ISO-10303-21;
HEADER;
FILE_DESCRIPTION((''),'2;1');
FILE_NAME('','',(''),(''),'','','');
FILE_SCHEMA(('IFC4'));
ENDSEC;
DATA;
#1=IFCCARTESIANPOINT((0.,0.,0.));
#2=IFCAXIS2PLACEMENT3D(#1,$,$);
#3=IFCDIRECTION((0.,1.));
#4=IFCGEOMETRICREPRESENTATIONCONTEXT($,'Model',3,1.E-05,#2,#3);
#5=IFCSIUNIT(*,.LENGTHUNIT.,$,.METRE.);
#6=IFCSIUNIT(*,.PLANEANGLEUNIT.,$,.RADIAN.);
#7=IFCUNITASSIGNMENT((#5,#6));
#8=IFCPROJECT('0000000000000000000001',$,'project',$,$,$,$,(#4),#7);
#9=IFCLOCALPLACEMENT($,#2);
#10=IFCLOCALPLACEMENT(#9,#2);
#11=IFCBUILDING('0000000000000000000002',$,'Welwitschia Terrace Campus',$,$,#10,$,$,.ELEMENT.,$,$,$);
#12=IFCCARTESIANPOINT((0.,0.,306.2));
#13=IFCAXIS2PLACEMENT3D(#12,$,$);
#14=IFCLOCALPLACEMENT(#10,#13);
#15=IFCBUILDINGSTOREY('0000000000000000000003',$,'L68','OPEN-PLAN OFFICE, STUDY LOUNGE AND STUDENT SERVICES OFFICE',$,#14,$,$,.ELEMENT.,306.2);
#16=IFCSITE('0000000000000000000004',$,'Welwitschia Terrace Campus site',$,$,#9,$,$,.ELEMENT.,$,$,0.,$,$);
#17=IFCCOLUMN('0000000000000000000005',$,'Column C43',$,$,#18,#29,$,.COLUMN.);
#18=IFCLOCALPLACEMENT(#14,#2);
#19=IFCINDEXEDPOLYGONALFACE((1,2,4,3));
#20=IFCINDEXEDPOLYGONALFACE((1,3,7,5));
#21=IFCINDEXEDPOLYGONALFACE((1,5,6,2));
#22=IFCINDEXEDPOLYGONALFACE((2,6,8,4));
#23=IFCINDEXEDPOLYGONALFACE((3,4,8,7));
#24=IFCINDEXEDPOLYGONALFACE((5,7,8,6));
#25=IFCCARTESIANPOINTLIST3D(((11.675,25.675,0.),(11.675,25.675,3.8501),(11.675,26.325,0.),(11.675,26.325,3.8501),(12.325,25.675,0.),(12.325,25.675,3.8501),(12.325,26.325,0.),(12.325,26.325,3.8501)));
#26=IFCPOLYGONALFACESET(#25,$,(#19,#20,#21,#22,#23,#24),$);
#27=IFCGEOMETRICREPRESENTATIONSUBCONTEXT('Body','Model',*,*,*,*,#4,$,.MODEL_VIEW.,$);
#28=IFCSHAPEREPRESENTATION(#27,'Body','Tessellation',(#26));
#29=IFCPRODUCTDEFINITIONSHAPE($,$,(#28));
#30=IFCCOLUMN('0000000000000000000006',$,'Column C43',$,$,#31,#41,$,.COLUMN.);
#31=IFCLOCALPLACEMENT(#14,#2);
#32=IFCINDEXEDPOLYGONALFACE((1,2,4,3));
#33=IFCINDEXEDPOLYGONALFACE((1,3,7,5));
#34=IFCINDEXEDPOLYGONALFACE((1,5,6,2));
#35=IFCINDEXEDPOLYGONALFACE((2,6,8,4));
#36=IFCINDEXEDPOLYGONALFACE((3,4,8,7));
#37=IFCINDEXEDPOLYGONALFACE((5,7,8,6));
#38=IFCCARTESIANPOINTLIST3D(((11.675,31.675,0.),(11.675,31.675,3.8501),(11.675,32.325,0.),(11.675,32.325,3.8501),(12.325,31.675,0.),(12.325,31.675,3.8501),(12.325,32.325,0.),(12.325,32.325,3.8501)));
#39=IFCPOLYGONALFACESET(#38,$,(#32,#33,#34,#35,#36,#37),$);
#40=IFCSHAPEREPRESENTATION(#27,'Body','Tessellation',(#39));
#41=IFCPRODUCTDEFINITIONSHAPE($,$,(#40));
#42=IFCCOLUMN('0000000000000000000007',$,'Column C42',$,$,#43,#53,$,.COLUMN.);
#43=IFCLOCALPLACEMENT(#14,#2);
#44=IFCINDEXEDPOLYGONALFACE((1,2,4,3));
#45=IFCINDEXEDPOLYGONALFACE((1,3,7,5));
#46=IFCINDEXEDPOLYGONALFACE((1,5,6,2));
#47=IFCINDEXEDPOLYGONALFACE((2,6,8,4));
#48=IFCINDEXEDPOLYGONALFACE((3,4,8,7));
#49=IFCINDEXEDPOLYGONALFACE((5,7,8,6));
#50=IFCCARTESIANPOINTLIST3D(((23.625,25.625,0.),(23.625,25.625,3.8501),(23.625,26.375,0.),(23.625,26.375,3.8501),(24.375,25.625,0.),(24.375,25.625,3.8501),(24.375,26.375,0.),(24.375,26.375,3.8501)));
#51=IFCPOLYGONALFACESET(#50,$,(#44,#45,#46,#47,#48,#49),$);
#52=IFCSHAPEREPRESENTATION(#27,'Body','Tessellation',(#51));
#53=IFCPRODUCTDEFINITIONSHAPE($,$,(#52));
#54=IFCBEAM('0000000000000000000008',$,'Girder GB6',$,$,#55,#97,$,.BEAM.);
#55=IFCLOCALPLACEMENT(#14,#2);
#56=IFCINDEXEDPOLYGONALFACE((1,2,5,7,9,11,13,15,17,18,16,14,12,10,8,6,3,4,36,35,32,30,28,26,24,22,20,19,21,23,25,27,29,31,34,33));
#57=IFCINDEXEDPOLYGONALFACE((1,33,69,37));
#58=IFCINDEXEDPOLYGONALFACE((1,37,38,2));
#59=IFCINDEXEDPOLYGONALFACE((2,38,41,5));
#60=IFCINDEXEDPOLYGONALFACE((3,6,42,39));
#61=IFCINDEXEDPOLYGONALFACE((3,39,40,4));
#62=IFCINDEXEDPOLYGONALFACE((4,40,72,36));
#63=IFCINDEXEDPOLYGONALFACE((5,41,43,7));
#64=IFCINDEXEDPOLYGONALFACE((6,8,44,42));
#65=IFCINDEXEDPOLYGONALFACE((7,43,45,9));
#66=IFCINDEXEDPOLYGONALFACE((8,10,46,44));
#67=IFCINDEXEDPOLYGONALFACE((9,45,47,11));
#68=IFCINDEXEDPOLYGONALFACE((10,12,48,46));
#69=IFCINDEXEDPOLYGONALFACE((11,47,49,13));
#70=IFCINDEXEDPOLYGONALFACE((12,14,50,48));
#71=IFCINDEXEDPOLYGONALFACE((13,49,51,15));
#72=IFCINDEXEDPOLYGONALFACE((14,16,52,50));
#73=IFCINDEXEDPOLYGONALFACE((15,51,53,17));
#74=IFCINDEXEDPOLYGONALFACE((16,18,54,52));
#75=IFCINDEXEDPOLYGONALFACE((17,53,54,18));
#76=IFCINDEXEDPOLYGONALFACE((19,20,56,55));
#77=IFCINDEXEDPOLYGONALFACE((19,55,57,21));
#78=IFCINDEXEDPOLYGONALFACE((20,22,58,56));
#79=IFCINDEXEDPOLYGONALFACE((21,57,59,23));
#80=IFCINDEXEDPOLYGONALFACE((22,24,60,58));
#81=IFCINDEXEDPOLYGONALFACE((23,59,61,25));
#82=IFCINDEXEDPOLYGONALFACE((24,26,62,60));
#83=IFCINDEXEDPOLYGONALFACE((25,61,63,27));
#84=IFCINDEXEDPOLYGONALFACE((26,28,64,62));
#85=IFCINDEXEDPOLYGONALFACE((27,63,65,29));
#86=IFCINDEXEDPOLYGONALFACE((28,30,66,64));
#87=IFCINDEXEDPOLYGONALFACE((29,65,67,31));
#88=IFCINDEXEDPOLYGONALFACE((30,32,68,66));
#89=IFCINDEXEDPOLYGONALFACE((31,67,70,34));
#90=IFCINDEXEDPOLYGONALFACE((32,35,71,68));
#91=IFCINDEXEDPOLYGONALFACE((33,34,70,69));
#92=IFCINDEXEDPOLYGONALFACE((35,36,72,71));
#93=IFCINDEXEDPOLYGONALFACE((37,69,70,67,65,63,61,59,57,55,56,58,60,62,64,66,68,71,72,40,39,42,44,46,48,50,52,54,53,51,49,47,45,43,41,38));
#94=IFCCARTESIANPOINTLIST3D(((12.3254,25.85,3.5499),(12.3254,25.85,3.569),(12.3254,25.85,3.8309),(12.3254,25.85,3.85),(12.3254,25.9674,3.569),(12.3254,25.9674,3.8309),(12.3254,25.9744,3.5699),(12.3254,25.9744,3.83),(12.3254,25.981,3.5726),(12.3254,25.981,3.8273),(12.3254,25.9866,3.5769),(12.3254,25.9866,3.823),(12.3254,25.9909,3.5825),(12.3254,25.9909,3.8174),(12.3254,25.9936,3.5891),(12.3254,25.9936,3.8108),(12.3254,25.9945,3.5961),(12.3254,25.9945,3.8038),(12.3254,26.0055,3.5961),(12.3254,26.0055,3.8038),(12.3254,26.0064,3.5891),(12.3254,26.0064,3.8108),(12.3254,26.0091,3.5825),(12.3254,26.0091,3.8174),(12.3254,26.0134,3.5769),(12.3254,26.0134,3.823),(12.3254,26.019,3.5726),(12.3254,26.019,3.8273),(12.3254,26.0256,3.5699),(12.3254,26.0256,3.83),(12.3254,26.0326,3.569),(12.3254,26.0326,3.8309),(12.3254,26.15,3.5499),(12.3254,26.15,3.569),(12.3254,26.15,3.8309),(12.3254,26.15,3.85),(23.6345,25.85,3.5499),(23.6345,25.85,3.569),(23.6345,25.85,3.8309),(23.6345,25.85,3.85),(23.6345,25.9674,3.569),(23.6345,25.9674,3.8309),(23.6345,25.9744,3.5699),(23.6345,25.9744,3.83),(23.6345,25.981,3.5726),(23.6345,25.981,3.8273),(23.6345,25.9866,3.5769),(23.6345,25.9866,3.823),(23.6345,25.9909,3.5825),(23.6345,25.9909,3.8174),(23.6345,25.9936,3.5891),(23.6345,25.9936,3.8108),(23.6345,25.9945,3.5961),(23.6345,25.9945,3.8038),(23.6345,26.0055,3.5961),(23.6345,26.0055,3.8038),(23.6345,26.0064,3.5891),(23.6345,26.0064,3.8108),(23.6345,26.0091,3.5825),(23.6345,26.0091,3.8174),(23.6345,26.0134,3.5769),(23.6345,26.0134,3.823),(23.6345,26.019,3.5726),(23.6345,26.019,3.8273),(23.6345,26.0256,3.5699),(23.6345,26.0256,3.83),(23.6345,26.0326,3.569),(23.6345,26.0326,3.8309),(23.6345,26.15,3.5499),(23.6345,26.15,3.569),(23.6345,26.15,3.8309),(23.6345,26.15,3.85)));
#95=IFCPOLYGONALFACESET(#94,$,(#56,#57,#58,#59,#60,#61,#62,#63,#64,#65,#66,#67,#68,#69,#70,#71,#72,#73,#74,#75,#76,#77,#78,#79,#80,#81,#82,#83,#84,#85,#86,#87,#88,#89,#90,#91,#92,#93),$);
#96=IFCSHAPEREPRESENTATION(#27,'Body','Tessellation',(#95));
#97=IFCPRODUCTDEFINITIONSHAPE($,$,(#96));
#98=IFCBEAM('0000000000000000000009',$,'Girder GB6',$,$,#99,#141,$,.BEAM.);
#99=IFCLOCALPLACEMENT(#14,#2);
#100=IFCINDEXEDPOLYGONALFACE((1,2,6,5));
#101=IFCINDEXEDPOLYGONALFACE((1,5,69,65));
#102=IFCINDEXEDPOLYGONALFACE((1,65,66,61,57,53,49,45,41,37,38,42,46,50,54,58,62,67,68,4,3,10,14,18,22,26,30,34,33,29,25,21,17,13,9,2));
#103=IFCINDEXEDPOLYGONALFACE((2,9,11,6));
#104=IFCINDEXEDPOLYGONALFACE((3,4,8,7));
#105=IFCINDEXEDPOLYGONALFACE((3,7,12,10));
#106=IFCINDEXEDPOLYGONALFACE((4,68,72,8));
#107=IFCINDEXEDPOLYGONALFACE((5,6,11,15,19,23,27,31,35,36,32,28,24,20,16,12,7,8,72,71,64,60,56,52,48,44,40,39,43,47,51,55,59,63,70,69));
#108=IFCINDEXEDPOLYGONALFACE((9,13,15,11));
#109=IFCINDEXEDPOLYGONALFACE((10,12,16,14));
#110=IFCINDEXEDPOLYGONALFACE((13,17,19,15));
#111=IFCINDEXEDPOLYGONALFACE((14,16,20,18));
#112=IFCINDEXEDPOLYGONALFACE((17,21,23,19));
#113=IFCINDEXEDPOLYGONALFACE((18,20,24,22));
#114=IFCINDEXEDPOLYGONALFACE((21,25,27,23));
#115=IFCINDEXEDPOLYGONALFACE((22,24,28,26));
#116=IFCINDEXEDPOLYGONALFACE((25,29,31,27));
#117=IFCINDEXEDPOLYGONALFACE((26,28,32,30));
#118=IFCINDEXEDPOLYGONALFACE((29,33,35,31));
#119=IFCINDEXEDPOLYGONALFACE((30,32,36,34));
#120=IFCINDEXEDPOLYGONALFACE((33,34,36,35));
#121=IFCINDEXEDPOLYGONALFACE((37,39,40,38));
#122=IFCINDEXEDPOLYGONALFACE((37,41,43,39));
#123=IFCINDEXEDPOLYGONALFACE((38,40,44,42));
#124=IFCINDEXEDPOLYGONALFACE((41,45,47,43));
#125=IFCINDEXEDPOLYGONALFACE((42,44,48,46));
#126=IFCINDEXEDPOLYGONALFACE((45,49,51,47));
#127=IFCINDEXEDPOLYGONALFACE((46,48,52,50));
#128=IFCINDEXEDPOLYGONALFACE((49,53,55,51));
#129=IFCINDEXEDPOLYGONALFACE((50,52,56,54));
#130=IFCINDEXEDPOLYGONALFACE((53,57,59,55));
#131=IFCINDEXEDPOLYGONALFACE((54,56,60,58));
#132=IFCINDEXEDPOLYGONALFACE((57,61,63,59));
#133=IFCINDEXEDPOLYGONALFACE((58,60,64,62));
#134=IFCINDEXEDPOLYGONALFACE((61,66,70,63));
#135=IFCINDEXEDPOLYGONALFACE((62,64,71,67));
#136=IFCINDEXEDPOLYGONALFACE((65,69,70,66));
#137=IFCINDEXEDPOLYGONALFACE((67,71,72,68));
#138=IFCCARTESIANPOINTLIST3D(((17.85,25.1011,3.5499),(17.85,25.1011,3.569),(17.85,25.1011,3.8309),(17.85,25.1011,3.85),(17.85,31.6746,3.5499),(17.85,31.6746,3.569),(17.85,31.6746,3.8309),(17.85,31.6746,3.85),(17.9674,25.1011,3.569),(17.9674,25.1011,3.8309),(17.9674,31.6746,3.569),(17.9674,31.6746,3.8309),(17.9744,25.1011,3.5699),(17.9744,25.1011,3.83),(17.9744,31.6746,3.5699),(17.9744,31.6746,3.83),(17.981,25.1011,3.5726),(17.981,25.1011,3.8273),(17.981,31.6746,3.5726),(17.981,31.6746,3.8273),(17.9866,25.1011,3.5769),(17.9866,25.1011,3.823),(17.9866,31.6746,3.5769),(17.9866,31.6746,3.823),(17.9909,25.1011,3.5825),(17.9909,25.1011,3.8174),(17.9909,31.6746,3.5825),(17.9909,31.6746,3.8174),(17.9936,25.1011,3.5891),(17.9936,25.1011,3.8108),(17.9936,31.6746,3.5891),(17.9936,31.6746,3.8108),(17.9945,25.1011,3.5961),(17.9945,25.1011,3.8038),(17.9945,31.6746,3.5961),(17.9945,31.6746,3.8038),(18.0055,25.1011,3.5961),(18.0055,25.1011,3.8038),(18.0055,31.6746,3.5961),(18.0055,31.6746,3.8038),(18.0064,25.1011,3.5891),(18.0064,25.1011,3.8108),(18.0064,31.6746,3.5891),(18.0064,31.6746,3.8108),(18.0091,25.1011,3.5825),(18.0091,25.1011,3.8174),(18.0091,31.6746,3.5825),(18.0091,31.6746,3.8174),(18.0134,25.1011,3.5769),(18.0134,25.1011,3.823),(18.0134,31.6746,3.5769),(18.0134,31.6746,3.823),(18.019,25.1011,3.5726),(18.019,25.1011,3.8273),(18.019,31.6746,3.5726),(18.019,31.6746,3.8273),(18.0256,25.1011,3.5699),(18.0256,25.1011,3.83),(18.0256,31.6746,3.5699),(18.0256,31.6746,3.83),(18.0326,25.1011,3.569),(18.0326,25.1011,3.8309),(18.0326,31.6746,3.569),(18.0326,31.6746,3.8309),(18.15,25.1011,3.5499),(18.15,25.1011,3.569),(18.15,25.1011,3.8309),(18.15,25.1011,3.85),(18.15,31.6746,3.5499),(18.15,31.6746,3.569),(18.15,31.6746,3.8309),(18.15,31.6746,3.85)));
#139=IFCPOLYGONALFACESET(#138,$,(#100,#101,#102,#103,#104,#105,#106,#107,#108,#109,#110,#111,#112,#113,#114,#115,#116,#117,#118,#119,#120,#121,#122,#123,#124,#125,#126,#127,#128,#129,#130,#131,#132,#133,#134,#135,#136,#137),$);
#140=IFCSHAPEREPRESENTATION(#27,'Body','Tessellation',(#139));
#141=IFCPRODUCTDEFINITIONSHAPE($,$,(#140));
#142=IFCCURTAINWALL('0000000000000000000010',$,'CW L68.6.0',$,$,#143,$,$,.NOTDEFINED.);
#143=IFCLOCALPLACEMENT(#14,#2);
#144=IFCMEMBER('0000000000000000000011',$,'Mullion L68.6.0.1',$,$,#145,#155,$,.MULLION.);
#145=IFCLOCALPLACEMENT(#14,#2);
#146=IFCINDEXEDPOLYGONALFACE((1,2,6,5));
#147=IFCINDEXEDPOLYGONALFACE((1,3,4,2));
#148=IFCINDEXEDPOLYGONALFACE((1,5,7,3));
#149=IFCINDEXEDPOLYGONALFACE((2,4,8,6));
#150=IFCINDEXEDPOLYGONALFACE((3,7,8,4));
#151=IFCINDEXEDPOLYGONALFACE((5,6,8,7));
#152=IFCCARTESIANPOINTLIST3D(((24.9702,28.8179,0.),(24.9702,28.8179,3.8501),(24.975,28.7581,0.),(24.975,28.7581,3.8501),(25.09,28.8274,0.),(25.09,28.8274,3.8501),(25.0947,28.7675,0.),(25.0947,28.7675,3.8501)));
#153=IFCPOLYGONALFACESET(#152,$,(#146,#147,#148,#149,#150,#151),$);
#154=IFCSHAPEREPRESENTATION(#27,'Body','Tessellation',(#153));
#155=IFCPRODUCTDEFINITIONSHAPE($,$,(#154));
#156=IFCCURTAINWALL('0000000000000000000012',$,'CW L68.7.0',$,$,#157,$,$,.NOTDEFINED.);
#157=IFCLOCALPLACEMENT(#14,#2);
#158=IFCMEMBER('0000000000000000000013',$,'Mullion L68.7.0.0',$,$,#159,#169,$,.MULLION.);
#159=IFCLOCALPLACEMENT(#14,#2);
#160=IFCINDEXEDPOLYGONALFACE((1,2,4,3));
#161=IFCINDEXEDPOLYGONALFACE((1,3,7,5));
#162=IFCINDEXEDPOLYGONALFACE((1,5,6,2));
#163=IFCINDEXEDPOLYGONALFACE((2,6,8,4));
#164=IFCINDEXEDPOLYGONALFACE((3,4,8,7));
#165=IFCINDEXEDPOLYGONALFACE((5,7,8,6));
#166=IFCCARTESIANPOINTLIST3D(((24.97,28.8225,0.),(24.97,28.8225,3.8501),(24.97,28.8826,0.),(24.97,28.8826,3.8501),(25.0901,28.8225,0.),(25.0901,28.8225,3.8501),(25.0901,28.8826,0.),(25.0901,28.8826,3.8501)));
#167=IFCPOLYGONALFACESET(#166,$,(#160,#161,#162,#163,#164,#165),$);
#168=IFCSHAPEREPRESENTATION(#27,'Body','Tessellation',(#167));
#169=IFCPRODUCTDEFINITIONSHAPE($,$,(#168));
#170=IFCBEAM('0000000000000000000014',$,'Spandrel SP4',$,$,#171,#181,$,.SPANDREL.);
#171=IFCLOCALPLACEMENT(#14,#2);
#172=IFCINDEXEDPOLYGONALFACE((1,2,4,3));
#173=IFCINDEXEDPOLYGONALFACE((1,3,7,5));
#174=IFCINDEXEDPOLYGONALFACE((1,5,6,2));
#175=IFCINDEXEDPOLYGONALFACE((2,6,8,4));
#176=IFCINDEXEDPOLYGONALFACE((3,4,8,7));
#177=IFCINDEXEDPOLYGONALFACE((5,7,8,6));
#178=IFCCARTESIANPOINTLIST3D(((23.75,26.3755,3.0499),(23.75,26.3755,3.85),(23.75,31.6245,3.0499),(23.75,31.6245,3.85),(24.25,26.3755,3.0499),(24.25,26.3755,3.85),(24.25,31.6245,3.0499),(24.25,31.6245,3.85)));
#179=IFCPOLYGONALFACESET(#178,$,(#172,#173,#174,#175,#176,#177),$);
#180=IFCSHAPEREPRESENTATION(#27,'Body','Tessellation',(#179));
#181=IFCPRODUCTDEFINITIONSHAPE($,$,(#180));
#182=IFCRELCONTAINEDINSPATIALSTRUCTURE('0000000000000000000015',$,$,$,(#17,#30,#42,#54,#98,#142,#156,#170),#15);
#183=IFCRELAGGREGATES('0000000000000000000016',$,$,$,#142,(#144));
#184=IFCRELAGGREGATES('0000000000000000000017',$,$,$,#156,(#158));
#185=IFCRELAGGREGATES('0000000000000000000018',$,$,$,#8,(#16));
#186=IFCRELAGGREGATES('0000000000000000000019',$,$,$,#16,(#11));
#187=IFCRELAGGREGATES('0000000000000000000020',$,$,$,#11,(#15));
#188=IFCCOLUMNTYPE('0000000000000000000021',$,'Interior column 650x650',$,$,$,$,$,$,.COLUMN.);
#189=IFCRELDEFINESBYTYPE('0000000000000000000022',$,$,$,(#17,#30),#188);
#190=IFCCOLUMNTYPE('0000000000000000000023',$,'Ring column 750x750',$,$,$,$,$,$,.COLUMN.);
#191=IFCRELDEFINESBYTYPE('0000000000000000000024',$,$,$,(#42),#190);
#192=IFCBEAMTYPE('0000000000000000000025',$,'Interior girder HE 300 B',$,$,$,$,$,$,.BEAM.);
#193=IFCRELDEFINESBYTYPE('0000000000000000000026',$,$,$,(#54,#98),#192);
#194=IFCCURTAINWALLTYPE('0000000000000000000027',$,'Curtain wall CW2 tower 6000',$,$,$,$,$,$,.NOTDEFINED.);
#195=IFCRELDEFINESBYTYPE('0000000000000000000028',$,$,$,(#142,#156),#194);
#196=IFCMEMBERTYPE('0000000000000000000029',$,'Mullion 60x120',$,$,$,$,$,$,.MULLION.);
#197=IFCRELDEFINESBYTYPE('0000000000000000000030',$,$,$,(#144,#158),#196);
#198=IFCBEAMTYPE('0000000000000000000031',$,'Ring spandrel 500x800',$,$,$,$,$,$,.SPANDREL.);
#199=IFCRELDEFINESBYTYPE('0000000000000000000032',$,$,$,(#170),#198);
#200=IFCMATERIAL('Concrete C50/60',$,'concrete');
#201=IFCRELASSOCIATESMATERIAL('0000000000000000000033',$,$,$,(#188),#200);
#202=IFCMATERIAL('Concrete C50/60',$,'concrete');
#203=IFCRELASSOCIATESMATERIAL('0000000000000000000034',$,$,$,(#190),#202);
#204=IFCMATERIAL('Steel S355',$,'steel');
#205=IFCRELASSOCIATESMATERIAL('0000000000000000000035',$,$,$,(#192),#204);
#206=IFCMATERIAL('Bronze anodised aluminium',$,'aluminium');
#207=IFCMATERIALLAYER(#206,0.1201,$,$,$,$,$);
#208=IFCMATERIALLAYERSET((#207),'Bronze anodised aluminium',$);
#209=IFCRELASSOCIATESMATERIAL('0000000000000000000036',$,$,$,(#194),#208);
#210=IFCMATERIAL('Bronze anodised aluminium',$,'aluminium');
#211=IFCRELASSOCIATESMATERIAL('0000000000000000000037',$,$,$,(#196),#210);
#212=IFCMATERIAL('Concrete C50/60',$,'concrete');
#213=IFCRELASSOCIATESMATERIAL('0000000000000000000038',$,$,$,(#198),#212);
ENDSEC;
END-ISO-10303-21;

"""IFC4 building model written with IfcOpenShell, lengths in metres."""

from ifc_helpers import new_model, si_unit, direction, frame, origin, origin_2d, place, context, subcontext, project, spatial, rectangle, i_section, extrude, material, layer, layer_set, material_profile, profile_set, type_object, element, aggregate, save


model = new_model("IFC4")

# Units and contexts
model_context = context("Model", 3, precision=1e-05, world=origin(), true_north=direction((0.0, 1.0)))
body_context = subcontext(model_context, "Body", "Model", "MODEL_VIEW")
ifc_project = project(units=[si_unit("LENGTHUNIT", "METRE"), si_unit("PLANEANGLEUNIT", "RADIAN")], contexts=[model_context])

# Site, building, storey
site_placement = place(None, origin())
site = spatial("IfcSite", under=ifc_project, at=site_placement, Name="Welwitschia Terrace Campus site", CompositionType="ELEMENT", RefElevation=0.0)
building_placement = place(site_placement, origin())
building = spatial("IfcBuilding", under=site, at=building_placement, Name="Welwitschia Terrace Campus", CompositionType="ELEMENT")
storey_placement = place(building_placement, frame((0.0, 0.0, 306.2)))
storey = spatial("IfcBuildingStorey", under=building, at=storey_placement, Name="L68", Description="OPEN-PLAN OFFICE, STUDY LOUNGE AND STUDENT SERVICES OFFICE", CompositionType="ELEMENT", Elevation=306.2)

# Columns
ifc_material_1 = material(Name="Concrete C50/60", Category="concrete")
ifc_material_profile_1 = material_profile(ifc_material_1, rectangle(XDim=0.6499, YDim=0.6499, at=origin_2d()))
ifc_profile_set_1 = profile_set([ifc_material_profile_1], Name="Concrete C50/60")
column_type_1 = type_object("IfcColumnType", Name="Interior column 650x650", PredefinedType="COLUMN", material=ifc_profile_set_1)
for number, where, z_axis, x_axis, name in (
    (1, (12.0, 26.0, 0.0), (0.0, 0.0, 1.0), (1.0, 0.0, 0.0), "Column C43"),
    (2, (12.0, 32.0, 0.0), (0.0, 0.0, 1.0), (1.0, 0.0, 0.0), "Column C43"),
):
    element("IfcColumn", number, at=place(storey_placement, frame(where, z_axis=z_axis, x_axis=x_axis)), inside=storey, type_object=column_type_1, Name=name, PredefinedType="COLUMN", context=body_context, shape_type="SweptSolid", body=[
        extrude(rectangle(XDim=0.6499, YDim=0.6499, at=origin_2d()), origin(), (0.0, 0.0, 1.0), 3.8501),
    ])
ifc_material_2 = material(Name="Concrete C50/60", Category="concrete")
ifc_material_profile_2 = material_profile(ifc_material_2, rectangle(XDim=0.75, YDim=0.75, at=origin_2d()))
ifc_profile_set_2 = profile_set([ifc_material_profile_2], Name="Concrete C50/60")
column_type_2 = type_object("IfcColumnType", Name="Ring column 750x750", PredefinedType="COLUMN", material=ifc_profile_set_2)
column_placement = place(storey_placement, frame((24.0, 26.0, 0.0), z_axis=(0.0, 0.0, 1.0), x_axis=(1.0, 0.0, 0.0)))
element("IfcColumn", 3, at=column_placement, inside=storey, type_object=column_type_2, Name="Column C42", PredefinedType="COLUMN", context=body_context, shape_type="SweptSolid", body=[
    extrude(rectangle(XDim=0.75, YDim=0.75, at=origin_2d()), origin(), (0.0, 0.0, 1.0), 3.8501),
])

# Beams
ifc_material_3 = material(Name="Steel S355", Category="steel")
ifc_material_profile_3 = material_profile(ifc_material_3, i_section(OverallWidth=0.3, OverallDepth=0.3, WebThickness=0.011, FlangeThickness=0.019, FilletRadius=0.0271, at=origin_2d()))
ifc_profile_set_3 = profile_set([ifc_material_profile_3], Name="Steel S355")
beam_type_1 = type_object("IfcBeamType", Name="Interior girder HE 300 B", PredefinedType="BEAM", material=ifc_profile_set_3)
beam_1_placement = place(storey_placement, frame((12.3254, 26.0, 3.7), z_axis=(1.0, 0.0, 0.0), x_axis=(0.0, 1.0, 0.0)))
element("IfcBeam", 4, at=beam_1_placement, inside=storey, type_object=beam_type_1, Name="Girder GB6", PredefinedType="BEAM", context=body_context, shape_type="SweptSolid", body=[
    extrude(i_section(OverallWidth=0.3, OverallDepth=0.3, WebThickness=0.011, FlangeThickness=0.019, FilletRadius=0.0271, at=origin_2d()), origin(), (0.0, 0.0, 1.0), 11.3091),
])
beam_2_placement = place(storey_placement, frame((18.0, 25.1011, 3.7), z_axis=(0.0, 1.0, 0.0), x_axis=(-1.0, 0.0, 0.0)))
element("IfcBeam", 5, at=beam_2_placement, inside=storey, type_object=beam_type_1, Name="Girder GB6", PredefinedType="BEAM", context=body_context, shape_type="SweptSolid", body=[
    extrude(i_section(OverallWidth=0.3, OverallDepth=0.3, WebThickness=0.011, FlangeThickness=0.019, FilletRadius=0.0271, at=origin_2d()), origin(), (0.0, 0.0, 1.0), 6.5735),
])

# Curtain walls, members
ifc_material_4 = material(Name="Bronze anodised aluminium", Category="aluminium")
ifc_layer_1 = layer(ifc_material_4, 0.1201)
ifc_layer_set_1 = layer_set([ifc_layer_1], Name="Bronze anodised aluminium")
curtain_wall_type = type_object("IfcCurtainWallType", Name="Curtain wall CW2 tower 6000", PredefinedType="NOTDEFINED", material=ifc_layer_set_1)
curtain_wall_1_placement = place(storey_placement, origin())
curtain_wall_1 = element("IfcCurtainWall", 6, at=curtain_wall_1_placement, inside=storey, type_object=curtain_wall_type, Name="CW L68.6.0", PredefinedType="NOTDEFINED")
ifc_material_5 = material(Name="Bronze anodised aluminium", Category="aluminium")
ifc_material_profile_4 = material_profile(ifc_material_5, rectangle(XDim=0.1201, YDim=0.0601, at=origin_2d()))
ifc_profile_set_4 = profile_set([ifc_material_profile_4], Name="Bronze anodised aluminium")
member_type_1 = type_object("IfcMemberType", Name="Mullion 60x120", PredefinedType="MULLION", material=ifc_profile_set_4)
member_1_placement = place(storey_placement, frame((25.0325, 28.7927, 0.0), z_axis=(0.0, 0.0, 1.0), x_axis=(-0.996917, -0.078459, 0.0)))
member_1 = element("IfcMember", 7, at=member_1_placement, type_object=member_type_1, Name="Mullion L68.6.0.1", PredefinedType="MULLION", context=body_context, shape_type="SweptSolid", body=[
    extrude(rectangle(XDim=0.1201, YDim=0.0601, at=origin_2d()), origin(), (0.0, 0.0, 1.0), 3.8501),
])
curtain_wall_2_placement = place(storey_placement, origin())
curtain_wall_2 = element("IfcCurtainWall", 8, at=curtain_wall_2_placement, inside=storey, type_object=curtain_wall_type, Name="CW L68.7.0", PredefinedType="NOTDEFINED")
member_2_placement = place(storey_placement, frame((25.03, 28.8525, 0.0), z_axis=(0.0, 0.0, 1.0), x_axis=(-1.0, 0.0, 0.0)))
member_2 = element("IfcMember", 9, at=member_2_placement, type_object=member_type_1, Name="Mullion L68.7.0.0", PredefinedType="MULLION", context=body_context, shape_type="SweptSolid", body=[
    extrude(rectangle(XDim=0.1201, YDim=0.0601, at=origin_2d()), origin(), (0.0, 0.0, 1.0), 3.8501),
])

# Beam
ifc_material_6 = material(Name="Concrete C50/60", Category="concrete")
ifc_material_profile_5 = material_profile(ifc_material_6, rectangle(XDim=0.5, YDim=0.8, at=origin_2d()))
ifc_profile_set_5 = profile_set([ifc_material_profile_5], Name="Concrete C50/60")
beam_type_2 = type_object("IfcBeamType", Name="Ring spandrel 500x800", PredefinedType="SPANDREL", material=ifc_profile_set_5)
beam_3_placement = place(storey_placement, frame((24.0, 26.3755, 3.45), z_axis=(0.0, 1.0, 0.0), x_axis=(-1.0, 0.0, 0.0)))
element("IfcBeam", 10, at=beam_3_placement, inside=storey, type_object=beam_type_2, Name="Spandrel SP4", PredefinedType="SPANDREL", context=body_context, shape_type="SweptSolid", body=[
    extrude(rectangle(XDim=0.5, YDim=0.8, at=origin_2d()), origin(), (0.0, 0.0, 1.0), 5.249),
])

aggregate(curtain_wall_1, [member_1])
aggregate(curtain_wall_2, [member_2])

save(model, "model.ifc")
